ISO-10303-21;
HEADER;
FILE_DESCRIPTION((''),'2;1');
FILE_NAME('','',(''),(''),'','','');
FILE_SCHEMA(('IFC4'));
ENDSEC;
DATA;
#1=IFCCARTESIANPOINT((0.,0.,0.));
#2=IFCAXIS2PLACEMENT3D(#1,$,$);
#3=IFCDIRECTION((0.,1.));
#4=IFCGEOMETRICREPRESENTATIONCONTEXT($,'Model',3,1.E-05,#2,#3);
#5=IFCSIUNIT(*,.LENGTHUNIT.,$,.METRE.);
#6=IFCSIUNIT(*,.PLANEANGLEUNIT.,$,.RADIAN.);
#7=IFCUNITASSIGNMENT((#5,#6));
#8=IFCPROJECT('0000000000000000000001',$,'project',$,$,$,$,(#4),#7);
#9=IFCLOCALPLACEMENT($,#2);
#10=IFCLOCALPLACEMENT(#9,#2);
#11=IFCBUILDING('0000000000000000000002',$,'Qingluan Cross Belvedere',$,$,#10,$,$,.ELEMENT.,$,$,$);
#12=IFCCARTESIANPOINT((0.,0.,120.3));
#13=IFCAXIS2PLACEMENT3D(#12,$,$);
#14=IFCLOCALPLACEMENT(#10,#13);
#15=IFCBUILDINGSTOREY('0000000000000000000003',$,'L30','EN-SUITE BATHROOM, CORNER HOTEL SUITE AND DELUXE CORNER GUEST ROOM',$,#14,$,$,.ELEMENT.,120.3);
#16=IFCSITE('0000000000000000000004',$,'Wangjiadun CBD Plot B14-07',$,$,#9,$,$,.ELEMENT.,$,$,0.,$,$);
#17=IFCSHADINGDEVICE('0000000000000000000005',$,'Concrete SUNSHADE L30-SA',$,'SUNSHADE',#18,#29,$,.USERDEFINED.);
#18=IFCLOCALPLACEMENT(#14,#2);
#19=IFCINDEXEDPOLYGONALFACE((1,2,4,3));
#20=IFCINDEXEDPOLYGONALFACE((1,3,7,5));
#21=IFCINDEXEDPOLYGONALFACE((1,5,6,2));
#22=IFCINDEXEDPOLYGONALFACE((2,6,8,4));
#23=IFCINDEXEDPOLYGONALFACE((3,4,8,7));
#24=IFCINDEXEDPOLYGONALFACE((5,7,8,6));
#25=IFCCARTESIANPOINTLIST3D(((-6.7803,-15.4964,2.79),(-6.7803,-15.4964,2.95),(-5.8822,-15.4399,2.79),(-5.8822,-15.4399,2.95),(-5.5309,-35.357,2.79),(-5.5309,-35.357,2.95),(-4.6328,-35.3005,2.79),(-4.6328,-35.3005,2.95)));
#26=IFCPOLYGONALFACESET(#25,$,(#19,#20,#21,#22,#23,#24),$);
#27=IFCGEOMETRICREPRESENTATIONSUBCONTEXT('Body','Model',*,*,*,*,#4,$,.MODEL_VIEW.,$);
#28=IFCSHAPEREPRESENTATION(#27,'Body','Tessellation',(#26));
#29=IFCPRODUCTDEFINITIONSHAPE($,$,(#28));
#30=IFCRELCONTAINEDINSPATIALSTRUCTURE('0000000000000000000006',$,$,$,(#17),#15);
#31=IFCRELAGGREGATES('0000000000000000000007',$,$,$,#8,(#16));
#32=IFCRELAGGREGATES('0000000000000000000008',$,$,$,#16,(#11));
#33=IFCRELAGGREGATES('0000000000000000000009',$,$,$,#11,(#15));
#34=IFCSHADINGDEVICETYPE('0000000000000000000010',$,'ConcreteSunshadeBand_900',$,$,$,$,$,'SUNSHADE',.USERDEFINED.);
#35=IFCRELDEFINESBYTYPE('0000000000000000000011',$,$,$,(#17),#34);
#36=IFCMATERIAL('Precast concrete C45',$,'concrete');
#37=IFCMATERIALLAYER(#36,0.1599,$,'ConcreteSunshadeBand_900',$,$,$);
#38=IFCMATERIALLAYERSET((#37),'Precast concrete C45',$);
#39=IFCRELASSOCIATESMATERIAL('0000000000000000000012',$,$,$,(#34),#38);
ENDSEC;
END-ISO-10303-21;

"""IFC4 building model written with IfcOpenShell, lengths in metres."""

from ifc_helpers import new_model, si_unit, direction, frame, origin, origin_2d, place, context, subcontext, project, spatial, rectangle, extrude, material, layer, layer_set, type_object, element, save


model = new_model("IFC4")

# Units and contexts
model_context = context("Model", 3, precision=1e-05, world=origin(), true_north=direction((0.0, 1.0)))
body_context = subcontext(model_context, "Body", "Model", "MODEL_VIEW")
ifc_project = project(units=[si_unit("LENGTHUNIT", "METRE"), si_unit("PLANEANGLEUNIT", "RADIAN")], contexts=[model_context])

# Site, building, storey
site_placement = place(None, origin())
site = spatial("IfcSite", under=ifc_project, at=site_placement, Name="Wangjiadun CBD Plot B14-07", CompositionType="ELEMENT", RefElevation=0.0)
building_placement = place(site_placement, origin())
building = spatial("IfcBuilding", under=site, at=building_placement, Name="Qingluan Cross Belvedere", CompositionType="ELEMENT")
storey_placement = place(building_placement, frame((0.0, 0.0, 120.3)))
storey = spatial("IfcBuildingStorey", under=building, at=storey_placement, Name="L30", Description="EN-SUITE BATHROOM, CORNER HOTEL SUITE AND DELUXE CORNER GUEST ROOM", CompositionType="ELEMENT", Elevation=120.3)

# Shading device
ifc_material_1 = material(Name="Precast concrete C45", Category="concrete")
ifc_layer_1 = layer(ifc_material_1, 0.1599, Name="ConcreteSunshadeBand_900")
ifc_layer_set_1 = layer_set([ifc_layer_1], Name="Precast concrete C45")
shading_device_type = type_object("IfcShadingDeviceType", Name="ConcreteSunshadeBand_900", ElementType="SUNSHADE", PredefinedType="USERDEFINED", material=ifc_layer_set_1)
shading_device_placement = place(storey_placement, frame((-5.7065, -25.3984, 2.79), z_axis=(0.0, 0.0, 1.0), x_axis=(0.062786, -0.998027, 0.0)))
element("IfcShadingDevice", 1, at=shading_device_placement, inside=storey, type_object=shading_device_type, Name="Concrete SUNSHADE L30-SA", ObjectType="SUNSHADE", PredefinedType="USERDEFINED", context=body_context, shape_type="SweptSolid", body=[
    extrude(rectangle(XDim=19.8999, YDim=0.8999, at=origin_2d()), origin(), (0.0, 0.0, 1.0), 0.1599),
])

save(model, "model.ifc")
